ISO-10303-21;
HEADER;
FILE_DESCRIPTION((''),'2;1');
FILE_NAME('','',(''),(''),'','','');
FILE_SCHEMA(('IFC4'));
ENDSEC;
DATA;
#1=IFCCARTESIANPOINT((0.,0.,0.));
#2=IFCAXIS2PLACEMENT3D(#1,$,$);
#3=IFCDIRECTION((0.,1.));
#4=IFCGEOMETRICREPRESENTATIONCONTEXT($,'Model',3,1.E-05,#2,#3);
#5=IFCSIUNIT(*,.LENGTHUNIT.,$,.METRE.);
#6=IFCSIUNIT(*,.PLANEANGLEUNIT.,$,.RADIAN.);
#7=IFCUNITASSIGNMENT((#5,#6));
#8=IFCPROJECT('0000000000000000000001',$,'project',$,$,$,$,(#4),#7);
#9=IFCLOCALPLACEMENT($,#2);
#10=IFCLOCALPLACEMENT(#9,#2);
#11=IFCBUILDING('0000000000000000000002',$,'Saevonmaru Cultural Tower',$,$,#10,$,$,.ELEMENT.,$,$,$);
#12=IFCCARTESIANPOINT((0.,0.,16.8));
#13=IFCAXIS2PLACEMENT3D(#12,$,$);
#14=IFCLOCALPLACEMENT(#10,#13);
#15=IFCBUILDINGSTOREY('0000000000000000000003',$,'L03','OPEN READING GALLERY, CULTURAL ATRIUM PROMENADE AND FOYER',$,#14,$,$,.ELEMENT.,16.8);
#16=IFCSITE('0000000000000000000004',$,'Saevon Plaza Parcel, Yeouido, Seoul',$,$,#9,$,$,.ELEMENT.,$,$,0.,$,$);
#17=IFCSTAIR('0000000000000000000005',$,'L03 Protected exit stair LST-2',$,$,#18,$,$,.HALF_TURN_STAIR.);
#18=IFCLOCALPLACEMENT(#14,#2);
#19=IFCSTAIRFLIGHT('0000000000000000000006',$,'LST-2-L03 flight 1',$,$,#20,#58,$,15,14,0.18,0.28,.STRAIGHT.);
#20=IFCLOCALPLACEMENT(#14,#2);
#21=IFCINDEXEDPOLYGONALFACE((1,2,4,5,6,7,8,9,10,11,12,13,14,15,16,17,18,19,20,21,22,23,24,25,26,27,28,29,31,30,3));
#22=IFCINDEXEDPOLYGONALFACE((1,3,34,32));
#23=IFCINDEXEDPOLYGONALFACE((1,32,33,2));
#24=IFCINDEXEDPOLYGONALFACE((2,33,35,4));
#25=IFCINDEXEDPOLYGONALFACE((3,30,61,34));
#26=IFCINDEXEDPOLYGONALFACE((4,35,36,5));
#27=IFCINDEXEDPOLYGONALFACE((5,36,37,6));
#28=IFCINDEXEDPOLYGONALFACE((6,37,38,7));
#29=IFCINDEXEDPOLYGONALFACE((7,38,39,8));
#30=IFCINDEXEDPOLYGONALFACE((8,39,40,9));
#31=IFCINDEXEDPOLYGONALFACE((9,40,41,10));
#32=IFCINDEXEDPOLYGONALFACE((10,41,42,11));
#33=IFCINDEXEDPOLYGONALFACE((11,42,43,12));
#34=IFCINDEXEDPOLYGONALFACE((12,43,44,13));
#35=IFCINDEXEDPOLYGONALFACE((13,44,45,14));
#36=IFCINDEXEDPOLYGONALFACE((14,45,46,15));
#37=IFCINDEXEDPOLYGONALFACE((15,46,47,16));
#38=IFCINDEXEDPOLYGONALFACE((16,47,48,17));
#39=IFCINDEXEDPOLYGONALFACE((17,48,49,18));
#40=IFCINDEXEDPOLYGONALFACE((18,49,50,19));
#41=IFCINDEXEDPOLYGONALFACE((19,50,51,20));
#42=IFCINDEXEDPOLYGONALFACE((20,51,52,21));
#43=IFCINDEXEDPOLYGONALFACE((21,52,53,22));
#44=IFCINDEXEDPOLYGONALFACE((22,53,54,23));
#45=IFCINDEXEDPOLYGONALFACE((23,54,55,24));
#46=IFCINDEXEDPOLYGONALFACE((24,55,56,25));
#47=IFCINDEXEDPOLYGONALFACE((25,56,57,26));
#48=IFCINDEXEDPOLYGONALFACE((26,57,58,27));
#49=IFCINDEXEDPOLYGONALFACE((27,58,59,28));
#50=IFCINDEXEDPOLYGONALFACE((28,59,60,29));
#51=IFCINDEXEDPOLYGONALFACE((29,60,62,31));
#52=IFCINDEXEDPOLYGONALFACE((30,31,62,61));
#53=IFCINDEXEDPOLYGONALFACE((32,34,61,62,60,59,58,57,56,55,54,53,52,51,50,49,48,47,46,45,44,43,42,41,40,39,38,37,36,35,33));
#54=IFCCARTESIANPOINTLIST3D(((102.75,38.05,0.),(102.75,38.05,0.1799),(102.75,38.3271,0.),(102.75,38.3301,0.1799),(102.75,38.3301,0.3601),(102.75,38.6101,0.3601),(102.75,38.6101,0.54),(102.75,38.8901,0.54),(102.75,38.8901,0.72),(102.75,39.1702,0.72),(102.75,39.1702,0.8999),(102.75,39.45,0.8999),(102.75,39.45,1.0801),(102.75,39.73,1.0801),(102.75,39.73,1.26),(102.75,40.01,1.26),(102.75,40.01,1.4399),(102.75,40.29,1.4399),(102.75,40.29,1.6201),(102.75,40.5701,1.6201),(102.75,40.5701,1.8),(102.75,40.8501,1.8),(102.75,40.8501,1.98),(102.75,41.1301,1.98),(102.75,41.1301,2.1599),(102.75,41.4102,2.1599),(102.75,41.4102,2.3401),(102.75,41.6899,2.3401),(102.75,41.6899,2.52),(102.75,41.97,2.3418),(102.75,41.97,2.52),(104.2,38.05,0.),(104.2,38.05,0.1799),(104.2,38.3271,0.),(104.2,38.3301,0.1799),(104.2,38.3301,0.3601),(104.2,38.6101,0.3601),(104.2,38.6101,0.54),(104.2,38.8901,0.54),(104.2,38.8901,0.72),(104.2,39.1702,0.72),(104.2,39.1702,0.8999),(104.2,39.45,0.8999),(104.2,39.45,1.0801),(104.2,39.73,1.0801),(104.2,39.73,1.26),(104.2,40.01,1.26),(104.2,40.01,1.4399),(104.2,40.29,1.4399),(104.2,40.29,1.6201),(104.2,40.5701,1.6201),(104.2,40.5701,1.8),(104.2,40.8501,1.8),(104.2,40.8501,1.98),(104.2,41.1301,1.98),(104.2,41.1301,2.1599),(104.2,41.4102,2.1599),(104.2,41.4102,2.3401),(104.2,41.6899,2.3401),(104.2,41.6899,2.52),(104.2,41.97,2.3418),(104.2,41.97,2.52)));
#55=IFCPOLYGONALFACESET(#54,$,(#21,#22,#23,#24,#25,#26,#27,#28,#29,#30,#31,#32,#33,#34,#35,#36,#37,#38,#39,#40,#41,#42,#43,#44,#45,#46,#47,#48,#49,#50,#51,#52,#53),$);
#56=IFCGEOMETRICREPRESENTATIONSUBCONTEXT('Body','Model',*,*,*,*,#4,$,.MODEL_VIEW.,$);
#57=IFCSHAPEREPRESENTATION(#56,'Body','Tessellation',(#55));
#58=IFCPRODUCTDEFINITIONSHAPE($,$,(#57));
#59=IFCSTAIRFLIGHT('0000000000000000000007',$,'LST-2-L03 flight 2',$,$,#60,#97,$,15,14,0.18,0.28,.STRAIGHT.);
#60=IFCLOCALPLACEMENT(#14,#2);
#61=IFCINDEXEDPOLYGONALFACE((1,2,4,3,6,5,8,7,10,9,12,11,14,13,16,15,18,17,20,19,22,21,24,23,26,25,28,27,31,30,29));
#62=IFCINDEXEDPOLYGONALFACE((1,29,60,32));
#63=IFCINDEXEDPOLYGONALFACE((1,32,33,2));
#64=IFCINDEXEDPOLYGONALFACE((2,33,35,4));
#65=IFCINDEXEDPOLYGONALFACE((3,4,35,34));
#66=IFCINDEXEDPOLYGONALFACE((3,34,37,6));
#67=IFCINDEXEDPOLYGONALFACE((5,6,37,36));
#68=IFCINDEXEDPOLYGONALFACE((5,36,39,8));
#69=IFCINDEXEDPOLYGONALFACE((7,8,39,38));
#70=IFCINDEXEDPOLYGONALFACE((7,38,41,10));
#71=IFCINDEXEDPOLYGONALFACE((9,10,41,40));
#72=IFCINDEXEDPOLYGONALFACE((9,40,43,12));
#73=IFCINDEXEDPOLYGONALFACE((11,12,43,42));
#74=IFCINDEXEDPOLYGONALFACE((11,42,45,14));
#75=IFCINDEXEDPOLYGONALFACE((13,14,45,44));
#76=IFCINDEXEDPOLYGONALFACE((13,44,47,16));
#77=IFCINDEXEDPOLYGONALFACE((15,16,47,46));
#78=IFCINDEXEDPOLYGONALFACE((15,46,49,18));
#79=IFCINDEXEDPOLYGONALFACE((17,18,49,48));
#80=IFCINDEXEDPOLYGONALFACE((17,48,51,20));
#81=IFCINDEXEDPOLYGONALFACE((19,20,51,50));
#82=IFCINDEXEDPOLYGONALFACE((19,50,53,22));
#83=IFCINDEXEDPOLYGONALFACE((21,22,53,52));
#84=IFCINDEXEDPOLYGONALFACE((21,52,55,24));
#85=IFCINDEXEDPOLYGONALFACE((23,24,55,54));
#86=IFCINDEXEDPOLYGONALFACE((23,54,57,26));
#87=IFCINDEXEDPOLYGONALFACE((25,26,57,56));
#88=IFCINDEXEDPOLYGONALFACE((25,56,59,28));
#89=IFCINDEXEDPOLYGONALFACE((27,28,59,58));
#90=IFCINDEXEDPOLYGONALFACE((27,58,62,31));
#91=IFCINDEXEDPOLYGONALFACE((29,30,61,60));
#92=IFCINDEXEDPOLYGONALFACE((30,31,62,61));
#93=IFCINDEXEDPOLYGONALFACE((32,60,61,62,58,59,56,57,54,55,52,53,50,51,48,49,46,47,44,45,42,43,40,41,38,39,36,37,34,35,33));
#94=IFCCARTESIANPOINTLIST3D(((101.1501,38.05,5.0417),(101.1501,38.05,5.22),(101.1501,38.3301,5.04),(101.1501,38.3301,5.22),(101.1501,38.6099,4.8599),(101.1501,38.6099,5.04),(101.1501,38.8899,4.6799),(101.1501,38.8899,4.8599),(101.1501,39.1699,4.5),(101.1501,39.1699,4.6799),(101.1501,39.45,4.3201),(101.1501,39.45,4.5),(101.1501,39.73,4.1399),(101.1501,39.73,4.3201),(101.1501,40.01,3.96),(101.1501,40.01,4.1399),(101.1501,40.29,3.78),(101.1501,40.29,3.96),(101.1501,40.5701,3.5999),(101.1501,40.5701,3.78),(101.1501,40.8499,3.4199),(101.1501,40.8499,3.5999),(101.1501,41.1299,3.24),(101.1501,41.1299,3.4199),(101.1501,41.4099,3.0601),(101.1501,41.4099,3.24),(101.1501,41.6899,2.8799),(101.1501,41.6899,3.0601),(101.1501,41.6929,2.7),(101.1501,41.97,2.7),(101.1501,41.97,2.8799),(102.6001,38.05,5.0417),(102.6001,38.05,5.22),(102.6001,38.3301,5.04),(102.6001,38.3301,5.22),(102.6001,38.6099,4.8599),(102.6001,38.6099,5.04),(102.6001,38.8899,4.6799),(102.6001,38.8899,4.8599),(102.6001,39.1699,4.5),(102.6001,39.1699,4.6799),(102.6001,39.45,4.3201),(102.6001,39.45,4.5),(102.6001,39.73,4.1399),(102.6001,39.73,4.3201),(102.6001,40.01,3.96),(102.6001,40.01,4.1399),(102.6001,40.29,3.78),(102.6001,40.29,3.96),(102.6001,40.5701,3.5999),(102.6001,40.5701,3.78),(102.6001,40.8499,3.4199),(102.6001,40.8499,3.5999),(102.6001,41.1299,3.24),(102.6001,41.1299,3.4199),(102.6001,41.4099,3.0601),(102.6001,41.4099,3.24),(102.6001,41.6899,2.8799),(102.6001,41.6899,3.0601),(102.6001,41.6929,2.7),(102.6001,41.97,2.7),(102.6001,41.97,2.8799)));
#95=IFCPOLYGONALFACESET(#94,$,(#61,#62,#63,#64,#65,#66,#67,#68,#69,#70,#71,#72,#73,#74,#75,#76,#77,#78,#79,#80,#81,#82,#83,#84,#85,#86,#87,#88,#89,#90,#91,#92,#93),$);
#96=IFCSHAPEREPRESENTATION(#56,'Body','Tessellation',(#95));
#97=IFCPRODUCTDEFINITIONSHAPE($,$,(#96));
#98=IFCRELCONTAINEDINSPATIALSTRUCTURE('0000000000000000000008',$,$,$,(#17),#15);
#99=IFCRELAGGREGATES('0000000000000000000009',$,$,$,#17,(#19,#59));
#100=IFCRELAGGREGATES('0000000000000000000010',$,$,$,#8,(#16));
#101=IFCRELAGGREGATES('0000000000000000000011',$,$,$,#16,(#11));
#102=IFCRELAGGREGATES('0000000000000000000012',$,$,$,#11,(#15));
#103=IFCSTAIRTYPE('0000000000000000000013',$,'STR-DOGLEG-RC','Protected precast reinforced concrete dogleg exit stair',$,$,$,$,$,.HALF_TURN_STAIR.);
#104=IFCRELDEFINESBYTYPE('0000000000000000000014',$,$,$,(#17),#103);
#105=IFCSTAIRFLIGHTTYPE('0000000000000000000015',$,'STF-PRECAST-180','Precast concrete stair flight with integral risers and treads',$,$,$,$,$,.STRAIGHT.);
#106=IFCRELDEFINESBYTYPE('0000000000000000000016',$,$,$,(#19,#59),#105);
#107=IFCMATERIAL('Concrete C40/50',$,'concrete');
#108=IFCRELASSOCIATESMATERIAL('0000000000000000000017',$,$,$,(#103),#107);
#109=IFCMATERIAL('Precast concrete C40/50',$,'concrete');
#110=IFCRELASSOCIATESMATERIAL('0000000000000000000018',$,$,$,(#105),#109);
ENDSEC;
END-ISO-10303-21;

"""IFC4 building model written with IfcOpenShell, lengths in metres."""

from ifc_helpers import new_model, si_unit, direction, frame, origin, place, context, subcontext, project, spatial, polyline, outline, extrude, material, type_object, element, aggregate, save


model = new_model("IFC4")

# Units and contexts
model_context = context("Model", 3, precision=1e-05, world=origin(), true_north=direction((0.0, 1.0)))
body_context = subcontext(model_context, "Body", "Model", "MODEL_VIEW")
ifc_project = project(units=[si_unit("LENGTHUNIT", "METRE"), si_unit("PLANEANGLEUNIT", "RADIAN")], contexts=[model_context])

# Site, building, storey
site_placement = place(None, origin())
site = spatial("IfcSite", under=ifc_project, at=site_placement, Name="Saevon Plaza Parcel, Yeouido, Seoul", CompositionType="ELEMENT", RefElevation=0.0)
building_placement = place(site_placement, origin())
building = spatial("IfcBuilding", under=site, at=building_placement, Name="Saevonmaru Cultural Tower", CompositionType="ELEMENT")
storey_placement = place(building_placement, frame((0.0, 0.0, 16.8)))
storey = spatial("IfcBuildingStorey", under=building, at=storey_placement, Name="L03", Description="OPEN READING GALLERY, CULTURAL ATRIUM PROMENADE AND FOYER", CompositionType="ELEMENT", Elevation=16.8)

# Shared definitions
ifc_material_1 = material(Name="Concrete C40/50", Category="concrete")

# Stair, stair flights
stair_type = type_object("IfcStairType", Name="STR-DOGLEG-RC", Description="Protected precast reinforced concrete dogleg exit stair", PredefinedType="HALF_TURN_STAIR", material=ifc_material_1)
stair_placement = place(storey_placement, origin())
stair = element("IfcStair", 1, at=stair_placement, inside=storey, type_object=stair_type, Name="L03 Protected exit stair LST-2", PredefinedType="HALF_TURN_STAIR")
ifc_material_2 = material(Name="Precast concrete C40/50", Category="concrete")
stair_flight_type = type_object("IfcStairFlightType", Name="STF-PRECAST-180", Description="Precast concrete stair flight with integral risers and treads", PredefinedType="STRAIGHT", material=ifc_material_2)
stair_flight_1_placement = place(storey_placement, frame((103.4751, 38.05, 0.0), z_axis=(0.0, 0.0, 1.0), x_axis=(0.0, 1.0, 0.0)))
stair_flight_1 = element("IfcStairFlight", 2, at=stair_flight_1_placement, type_object=stair_flight_type, Name="LST-2-L03 flight 1", NumberOfRisers=15, NumberOfTreads=14, PredefinedType="STRAIGHT", RiserHeight=0.18, TreadLength=0.28, context=body_context, shape_type="SweptSolid", body=[
    extrude(outline(polyline([(0.0, 0.0), (0.0, 0.1799), (0.28, 0.1799), (0.28, 0.3601), (0.5601, 0.3601), (0.5601, 0.54), (0.8401, 0.54), (0.8401, 0.72), (1.1201, 0.72), (1.1201, 0.8999), (1.3999, 0.8999), (1.3999, 1.0801), (1.6799, 1.0801), (1.6799, 1.26), (1.96, 1.26), (1.96, 1.4399), (2.24, 1.4399), (2.24, 1.6201), (2.52, 1.6201), (2.52, 1.8), (2.8, 1.8), (2.8, 1.98), (3.0801, 1.98), (3.0801, 2.1599), (3.3601, 2.1599), (3.3601, 2.3401), (3.6399, 2.3401), (3.6399, 2.52), (3.9199, 2.52), (3.9199, 2.7), (3.9199, 2.3418), (0.2771, 0.0), (0.0, 0.0)])), frame((0.0, 0.7251, 0.0), z_axis=(0.0, -1.0, 0.0), x_axis=(1.0, 0.0, 0.0)), (0.0, 0.0, 1.0), 1.45),
])
stair_flight_2_placement = place(storey_placement, frame((101.875, 41.97, 2.7), z_axis=(0.0, 0.0, 1.0), x_axis=(0.0, -1.0, 0.0)))
stair_flight_2 = element("IfcStairFlight", 3, at=stair_flight_2_placement, type_object=stair_flight_type, Name="LST-2-L03 flight 2", NumberOfRisers=15, NumberOfTreads=14, PredefinedType="STRAIGHT", RiserHeight=0.18, TreadLength=0.28, context=body_context, shape_type="SweptSolid", body=[
    extrude(outline(polyline([(0.0, 0.0), (0.0, 0.1799), (0.28, 0.1799), (0.28, 0.3601), (0.5601, 0.3601), (0.5601, 0.54), (0.8401, 0.54), (0.8401, 0.72), (1.1201, 0.72), (1.1201, 0.8999), (1.3999, 0.8999), (1.3999, 1.0801), (1.6799, 1.0801), (1.6799, 1.26), (1.96, 1.26), (1.96, 1.4399), (2.24, 1.4399), (2.24, 1.6201), (2.52, 1.6201), (2.52, 1.8), (2.8, 1.8), (2.8, 1.98), (3.0801, 1.98), (3.0801, 2.1599), (3.3601, 2.1599), (3.3601, 2.3401), (3.6399, 2.3401), (3.6399, 2.52), (3.9199, 2.52), (3.9199, 2.7), (3.9199, 2.3418), (0.2771, 0.0), (0.0, 0.0)])), frame((0.0, 0.7251, 0.0), z_axis=(0.0, -1.0, 0.0), x_axis=(1.0, 0.0, 0.0)), (0.0, 0.0, 1.0), 1.45),
])
aggregate(stair, [stair_flight_1, stair_flight_2])

save(model, "model.ifc")
